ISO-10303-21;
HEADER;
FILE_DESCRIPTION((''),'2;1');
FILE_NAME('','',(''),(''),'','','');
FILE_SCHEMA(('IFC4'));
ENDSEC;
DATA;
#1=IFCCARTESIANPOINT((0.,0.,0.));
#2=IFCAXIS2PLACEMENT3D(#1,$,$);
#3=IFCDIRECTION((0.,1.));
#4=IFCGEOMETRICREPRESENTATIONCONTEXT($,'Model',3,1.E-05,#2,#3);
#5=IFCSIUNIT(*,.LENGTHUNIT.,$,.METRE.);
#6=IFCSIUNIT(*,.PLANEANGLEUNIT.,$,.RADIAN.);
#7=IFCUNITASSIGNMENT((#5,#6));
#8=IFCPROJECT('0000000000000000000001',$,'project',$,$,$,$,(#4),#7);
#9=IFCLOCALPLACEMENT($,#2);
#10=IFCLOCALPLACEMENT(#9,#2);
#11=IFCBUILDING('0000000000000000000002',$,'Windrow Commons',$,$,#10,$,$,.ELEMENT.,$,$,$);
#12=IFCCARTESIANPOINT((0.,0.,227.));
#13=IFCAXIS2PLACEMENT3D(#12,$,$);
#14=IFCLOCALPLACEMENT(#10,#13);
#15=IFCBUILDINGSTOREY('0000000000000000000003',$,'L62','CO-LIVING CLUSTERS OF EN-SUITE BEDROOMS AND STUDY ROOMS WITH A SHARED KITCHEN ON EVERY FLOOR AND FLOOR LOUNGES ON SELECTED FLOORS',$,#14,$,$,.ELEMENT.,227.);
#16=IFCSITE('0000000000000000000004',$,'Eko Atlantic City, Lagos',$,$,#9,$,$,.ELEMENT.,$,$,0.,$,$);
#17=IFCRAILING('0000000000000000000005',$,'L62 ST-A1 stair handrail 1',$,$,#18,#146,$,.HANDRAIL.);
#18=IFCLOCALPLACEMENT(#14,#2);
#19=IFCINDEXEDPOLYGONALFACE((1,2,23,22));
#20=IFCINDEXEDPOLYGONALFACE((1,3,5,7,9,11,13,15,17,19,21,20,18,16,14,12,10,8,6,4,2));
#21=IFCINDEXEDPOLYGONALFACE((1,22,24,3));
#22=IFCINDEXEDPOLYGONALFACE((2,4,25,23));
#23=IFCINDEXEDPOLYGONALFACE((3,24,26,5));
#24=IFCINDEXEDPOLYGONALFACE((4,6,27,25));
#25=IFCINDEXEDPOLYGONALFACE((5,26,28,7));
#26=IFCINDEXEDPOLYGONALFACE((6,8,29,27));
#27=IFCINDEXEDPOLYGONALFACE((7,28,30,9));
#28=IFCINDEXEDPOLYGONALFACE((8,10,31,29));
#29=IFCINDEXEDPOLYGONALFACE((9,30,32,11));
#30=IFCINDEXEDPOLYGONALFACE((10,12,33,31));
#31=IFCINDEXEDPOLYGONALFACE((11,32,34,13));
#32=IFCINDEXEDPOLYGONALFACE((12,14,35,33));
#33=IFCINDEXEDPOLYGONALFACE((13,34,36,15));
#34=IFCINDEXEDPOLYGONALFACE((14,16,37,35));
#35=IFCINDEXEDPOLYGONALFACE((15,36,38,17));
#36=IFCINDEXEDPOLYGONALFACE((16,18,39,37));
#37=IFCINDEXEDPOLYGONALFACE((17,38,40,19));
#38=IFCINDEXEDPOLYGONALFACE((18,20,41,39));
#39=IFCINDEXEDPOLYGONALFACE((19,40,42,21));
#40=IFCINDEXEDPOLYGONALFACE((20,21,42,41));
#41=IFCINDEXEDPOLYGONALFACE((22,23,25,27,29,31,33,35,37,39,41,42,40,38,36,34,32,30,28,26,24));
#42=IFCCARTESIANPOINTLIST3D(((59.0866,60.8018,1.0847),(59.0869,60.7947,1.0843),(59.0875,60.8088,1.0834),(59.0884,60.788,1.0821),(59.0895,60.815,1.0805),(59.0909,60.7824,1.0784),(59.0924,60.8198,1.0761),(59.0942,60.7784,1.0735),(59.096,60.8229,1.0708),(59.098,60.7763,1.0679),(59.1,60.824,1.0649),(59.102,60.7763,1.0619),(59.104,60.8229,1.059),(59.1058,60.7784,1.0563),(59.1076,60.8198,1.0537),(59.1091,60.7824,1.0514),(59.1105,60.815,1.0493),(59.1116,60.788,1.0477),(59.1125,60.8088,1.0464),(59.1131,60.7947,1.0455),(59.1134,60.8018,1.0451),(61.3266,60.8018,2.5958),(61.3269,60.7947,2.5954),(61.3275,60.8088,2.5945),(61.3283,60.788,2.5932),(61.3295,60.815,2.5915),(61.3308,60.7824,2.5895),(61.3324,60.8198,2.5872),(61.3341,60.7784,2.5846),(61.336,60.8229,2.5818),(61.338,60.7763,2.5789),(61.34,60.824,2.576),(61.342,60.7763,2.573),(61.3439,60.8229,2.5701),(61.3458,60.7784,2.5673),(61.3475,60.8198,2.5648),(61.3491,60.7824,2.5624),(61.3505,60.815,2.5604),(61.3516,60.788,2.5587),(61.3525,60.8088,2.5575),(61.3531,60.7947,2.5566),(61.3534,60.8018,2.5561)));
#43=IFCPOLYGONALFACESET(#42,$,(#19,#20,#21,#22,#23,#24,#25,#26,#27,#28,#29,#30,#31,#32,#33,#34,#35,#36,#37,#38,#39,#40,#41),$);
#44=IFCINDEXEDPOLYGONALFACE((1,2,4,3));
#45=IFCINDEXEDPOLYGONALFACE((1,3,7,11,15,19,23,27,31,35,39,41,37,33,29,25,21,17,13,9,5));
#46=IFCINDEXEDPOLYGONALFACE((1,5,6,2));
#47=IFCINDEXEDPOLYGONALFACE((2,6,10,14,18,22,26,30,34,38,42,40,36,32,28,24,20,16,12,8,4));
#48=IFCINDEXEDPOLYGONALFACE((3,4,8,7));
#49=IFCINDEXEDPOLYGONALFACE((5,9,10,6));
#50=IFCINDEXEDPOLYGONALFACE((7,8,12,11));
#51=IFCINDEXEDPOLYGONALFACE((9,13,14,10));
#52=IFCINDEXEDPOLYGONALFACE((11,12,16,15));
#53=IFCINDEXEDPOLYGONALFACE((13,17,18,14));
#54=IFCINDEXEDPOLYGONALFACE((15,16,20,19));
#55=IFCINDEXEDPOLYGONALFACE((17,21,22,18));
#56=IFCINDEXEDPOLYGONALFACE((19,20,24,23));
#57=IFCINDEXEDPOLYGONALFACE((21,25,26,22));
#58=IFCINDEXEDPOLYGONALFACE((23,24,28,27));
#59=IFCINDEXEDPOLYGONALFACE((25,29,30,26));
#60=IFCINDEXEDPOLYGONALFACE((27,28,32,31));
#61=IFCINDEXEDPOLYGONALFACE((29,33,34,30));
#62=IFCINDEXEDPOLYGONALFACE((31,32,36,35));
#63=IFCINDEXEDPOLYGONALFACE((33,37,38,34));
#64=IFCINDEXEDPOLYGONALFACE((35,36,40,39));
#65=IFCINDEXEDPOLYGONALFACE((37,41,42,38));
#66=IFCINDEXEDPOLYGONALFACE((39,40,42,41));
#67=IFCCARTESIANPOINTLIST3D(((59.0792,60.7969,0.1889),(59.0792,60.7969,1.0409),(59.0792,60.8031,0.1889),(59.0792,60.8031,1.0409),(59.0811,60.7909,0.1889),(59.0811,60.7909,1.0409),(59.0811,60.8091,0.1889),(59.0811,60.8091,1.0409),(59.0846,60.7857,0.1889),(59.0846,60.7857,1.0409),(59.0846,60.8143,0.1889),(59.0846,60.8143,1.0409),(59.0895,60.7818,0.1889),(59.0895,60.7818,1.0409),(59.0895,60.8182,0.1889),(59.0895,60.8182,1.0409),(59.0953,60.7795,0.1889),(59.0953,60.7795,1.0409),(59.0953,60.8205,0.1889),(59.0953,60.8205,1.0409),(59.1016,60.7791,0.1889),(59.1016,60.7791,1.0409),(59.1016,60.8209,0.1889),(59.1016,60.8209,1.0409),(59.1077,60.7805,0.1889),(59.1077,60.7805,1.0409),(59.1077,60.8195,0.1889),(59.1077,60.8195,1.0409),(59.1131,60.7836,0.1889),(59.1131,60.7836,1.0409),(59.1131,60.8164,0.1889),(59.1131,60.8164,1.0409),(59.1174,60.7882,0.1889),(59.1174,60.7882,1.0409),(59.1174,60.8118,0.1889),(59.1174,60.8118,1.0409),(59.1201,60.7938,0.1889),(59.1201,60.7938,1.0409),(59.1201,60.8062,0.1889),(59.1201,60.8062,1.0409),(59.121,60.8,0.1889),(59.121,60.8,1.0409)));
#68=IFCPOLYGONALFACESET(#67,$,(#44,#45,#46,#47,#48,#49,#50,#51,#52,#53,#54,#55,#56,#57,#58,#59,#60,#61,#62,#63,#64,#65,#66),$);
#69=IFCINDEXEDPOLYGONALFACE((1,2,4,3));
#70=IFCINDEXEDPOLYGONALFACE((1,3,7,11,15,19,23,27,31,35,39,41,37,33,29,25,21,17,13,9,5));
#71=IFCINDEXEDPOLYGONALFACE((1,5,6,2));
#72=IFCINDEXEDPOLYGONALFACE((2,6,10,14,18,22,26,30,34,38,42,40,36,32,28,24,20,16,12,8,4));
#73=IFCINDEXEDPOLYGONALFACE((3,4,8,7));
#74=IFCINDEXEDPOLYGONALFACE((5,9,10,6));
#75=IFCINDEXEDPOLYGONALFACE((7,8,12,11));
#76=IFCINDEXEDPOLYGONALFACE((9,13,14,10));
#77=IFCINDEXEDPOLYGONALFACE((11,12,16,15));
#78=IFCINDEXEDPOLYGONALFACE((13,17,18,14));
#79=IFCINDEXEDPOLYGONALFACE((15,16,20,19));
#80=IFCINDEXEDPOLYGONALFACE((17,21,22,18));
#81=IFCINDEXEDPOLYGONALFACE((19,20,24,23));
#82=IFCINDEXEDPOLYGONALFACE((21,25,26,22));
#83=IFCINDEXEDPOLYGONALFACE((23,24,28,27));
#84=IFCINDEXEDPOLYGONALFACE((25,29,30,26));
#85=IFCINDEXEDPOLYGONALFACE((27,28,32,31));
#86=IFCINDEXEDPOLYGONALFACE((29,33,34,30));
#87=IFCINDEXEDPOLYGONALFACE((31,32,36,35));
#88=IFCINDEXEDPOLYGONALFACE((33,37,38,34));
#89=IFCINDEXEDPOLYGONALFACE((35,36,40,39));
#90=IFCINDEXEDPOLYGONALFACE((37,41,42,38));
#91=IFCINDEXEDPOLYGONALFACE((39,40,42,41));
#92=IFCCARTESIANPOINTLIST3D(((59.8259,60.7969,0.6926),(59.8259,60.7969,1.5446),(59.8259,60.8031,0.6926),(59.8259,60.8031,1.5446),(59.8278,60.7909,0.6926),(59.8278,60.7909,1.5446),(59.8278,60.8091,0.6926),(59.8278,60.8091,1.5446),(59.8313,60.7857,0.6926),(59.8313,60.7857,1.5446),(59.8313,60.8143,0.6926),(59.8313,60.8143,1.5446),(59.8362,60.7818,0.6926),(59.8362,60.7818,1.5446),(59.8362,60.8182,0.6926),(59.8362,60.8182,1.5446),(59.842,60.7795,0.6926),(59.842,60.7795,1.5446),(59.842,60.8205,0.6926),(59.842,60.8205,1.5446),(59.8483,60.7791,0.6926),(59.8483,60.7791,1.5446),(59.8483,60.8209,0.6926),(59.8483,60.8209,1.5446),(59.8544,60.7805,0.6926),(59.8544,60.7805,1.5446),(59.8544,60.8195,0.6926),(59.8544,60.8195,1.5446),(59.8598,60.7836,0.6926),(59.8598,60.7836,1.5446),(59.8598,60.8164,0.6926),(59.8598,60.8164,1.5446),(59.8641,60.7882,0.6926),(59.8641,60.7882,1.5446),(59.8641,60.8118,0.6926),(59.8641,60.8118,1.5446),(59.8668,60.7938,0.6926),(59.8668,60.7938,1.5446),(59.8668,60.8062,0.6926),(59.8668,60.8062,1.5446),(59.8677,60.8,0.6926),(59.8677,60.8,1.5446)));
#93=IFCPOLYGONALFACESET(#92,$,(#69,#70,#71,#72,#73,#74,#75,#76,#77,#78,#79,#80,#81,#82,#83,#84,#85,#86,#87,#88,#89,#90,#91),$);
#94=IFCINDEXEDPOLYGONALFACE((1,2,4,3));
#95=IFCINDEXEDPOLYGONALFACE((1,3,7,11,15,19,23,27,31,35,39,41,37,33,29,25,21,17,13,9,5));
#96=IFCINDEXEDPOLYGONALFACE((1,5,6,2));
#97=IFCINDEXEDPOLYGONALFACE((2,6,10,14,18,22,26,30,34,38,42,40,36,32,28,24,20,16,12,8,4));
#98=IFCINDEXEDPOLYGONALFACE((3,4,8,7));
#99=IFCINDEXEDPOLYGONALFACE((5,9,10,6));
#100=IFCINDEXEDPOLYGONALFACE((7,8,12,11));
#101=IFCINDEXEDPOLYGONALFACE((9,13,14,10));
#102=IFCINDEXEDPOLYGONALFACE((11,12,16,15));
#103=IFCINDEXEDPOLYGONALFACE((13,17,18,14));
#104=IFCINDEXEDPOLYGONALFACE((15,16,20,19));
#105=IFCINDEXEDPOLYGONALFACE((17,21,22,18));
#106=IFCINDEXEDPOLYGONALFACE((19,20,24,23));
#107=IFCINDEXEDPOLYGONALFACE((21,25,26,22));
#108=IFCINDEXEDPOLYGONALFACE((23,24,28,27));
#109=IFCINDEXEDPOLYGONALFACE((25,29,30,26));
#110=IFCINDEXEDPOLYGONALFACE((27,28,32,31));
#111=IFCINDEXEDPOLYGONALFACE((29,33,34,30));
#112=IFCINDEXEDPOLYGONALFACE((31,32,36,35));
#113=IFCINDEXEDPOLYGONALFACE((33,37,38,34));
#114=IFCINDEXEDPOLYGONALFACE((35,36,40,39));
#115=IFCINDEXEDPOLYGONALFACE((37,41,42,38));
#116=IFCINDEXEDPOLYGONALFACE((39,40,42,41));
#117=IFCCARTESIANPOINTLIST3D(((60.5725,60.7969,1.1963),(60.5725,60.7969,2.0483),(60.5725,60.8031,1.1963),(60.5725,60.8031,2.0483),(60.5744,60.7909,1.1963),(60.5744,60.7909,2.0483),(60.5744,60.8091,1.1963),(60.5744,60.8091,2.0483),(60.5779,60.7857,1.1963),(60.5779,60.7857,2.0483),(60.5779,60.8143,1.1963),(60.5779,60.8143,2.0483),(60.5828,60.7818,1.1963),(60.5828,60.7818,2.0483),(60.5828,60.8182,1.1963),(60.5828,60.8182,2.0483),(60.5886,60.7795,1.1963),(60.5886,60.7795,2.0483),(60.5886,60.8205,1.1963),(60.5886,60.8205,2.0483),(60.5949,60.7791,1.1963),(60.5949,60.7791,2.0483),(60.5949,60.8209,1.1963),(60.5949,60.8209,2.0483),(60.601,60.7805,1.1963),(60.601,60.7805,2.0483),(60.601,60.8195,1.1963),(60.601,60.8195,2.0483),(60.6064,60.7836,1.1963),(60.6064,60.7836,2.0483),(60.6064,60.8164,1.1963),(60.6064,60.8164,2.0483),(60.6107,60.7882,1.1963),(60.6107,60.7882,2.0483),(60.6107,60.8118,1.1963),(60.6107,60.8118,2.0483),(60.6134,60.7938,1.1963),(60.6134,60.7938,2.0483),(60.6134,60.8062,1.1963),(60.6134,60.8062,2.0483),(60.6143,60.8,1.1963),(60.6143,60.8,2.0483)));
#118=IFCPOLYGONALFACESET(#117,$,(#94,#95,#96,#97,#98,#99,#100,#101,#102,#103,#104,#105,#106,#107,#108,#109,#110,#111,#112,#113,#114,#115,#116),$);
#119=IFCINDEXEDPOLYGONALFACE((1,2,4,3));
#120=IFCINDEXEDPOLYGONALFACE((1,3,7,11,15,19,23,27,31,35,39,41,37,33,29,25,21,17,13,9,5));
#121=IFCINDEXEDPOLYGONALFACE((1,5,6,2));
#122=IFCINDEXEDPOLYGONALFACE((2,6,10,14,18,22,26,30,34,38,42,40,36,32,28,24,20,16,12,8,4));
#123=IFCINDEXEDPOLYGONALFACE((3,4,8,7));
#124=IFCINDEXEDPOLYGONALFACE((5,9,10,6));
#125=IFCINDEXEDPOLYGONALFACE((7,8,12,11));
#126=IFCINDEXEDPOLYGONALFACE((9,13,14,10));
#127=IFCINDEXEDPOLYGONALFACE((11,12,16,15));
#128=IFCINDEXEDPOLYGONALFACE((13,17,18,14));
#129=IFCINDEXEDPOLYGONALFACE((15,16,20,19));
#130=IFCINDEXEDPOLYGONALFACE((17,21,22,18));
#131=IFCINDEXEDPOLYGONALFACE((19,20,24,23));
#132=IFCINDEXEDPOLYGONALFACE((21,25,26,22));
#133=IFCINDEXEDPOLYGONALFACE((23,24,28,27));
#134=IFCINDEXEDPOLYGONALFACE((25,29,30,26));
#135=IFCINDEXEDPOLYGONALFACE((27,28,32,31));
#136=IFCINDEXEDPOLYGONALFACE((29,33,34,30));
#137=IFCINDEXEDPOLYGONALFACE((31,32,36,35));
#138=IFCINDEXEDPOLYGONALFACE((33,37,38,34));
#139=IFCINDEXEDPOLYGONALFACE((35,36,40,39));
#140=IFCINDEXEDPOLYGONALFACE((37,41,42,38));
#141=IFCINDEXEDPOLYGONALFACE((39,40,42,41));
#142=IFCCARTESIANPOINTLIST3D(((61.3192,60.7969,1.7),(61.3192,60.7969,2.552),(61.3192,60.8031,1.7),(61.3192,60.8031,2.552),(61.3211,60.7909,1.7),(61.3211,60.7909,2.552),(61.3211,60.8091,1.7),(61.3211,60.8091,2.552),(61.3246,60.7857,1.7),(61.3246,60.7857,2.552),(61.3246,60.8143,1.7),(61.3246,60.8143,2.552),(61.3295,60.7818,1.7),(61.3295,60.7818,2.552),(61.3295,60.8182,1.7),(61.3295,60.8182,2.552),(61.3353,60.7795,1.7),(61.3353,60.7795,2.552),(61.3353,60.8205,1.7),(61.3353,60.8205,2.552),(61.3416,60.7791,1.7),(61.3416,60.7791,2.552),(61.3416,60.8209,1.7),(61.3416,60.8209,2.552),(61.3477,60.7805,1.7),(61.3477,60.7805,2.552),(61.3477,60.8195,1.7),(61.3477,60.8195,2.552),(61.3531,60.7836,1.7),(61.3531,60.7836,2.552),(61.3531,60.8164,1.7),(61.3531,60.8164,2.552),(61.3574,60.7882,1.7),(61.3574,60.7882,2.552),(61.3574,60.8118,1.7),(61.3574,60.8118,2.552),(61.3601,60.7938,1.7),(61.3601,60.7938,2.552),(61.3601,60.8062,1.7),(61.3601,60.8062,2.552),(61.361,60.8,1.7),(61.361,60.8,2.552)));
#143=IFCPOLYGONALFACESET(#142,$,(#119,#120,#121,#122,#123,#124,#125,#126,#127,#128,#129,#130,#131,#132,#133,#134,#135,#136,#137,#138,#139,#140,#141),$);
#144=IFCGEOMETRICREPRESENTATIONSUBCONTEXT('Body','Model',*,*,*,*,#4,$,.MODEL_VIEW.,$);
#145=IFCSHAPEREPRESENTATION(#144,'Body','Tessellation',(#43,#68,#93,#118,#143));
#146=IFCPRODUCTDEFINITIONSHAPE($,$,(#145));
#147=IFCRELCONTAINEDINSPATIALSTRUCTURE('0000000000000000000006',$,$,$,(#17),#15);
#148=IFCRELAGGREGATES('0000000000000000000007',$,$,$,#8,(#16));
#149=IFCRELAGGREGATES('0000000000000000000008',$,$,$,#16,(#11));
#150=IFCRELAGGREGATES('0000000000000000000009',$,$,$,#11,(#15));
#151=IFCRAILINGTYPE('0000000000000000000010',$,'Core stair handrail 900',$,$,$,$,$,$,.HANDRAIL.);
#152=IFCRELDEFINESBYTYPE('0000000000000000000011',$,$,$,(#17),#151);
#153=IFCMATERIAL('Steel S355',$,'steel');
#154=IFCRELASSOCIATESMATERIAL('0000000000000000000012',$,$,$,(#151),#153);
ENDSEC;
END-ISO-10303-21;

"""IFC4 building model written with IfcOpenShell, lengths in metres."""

from ifc_helpers import new_model, si_unit, direction, frame, origin, origin_2d, place, context, subcontext, project, spatial, circle, extrude, material, type_object, element, save


model = new_model("IFC4")

# Units and contexts
model_context = context("Model", 3, precision=1e-05, world=origin(), true_north=direction((0.0, 1.0)))
body_context = subcontext(model_context, "Body", "Model", "MODEL_VIEW")
ifc_project = project(units=[si_unit("LENGTHUNIT", "METRE"), si_unit("PLANEANGLEUNIT", "RADIAN")], contexts=[model_context])

# Site, building, storey
site_placement = place(None, origin())
site = spatial("IfcSite", under=ifc_project, at=site_placement, Name="Eko Atlantic City, Lagos", CompositionType="ELEMENT", RefElevation=0.0)
building_placement = place(site_placement, origin())
building = spatial("IfcBuilding", under=site, at=building_placement, Name="Windrow Commons", CompositionType="ELEMENT")
storey_placement = place(building_placement, frame((0.0, 0.0, 227.0)))
storey = spatial("IfcBuildingStorey", under=building, at=storey_placement, Name="L62", Description="CO-LIVING CLUSTERS OF EN-SUITE BEDROOMS AND STUDY ROOMS WITH A SHARED KITCHEN ON EVERY FLOOR AND FLOOR LOUNGES ON SELECTED FLOORS", CompositionType="ELEMENT", Elevation=227.0)

# Railing
ifc_material_1 = material(Name="Steel S355", Category="steel")
railing_type = type_object("IfcRailingType", Name="Core stair handrail 900", PredefinedType="HANDRAIL", material=ifc_material_1)
for number, where, name in (
    (1, (59.1, 60.8, 0.1889), "L62 ST-A1 stair handrail 1"),
):
    element("IfcRailing", number, at=place(storey_placement, frame(where)), inside=storey, type_object=railing_type, Name=name, PredefinedType="HANDRAIL", context=body_context, shape_type="SweptSolid", body=[
        extrude(circle(Radius=0.024, at=origin_2d()), frame((0.0, 0.0, 0.876), z_axis=(0.829003, 0.0, 0.559244), x_axis=(0.0, 1.0, 0.0)), (0.0, 0.0, 1.0), 2.702),
        extrude(circle(Radius=0.021, at=origin_2d()), origin(), (0.0, 0.0, 1.0), 0.852),
        extrude(circle(Radius=0.021, at=origin_2d()), frame((0.7467, 0.0, 0.5037)), (0.0, 0.0, 1.0), 0.852),
        extrude(circle(Radius=0.021, at=origin_2d()), frame((1.4933, 0.0, 1.0074)), (0.0, 0.0, 1.0), 0.852),
        extrude(circle(Radius=0.021, at=origin_2d()), frame((2.24, 0.0, 1.5111)), (0.0, 0.0, 1.0), 0.852),
    ])

save(model, "model.ifc")
